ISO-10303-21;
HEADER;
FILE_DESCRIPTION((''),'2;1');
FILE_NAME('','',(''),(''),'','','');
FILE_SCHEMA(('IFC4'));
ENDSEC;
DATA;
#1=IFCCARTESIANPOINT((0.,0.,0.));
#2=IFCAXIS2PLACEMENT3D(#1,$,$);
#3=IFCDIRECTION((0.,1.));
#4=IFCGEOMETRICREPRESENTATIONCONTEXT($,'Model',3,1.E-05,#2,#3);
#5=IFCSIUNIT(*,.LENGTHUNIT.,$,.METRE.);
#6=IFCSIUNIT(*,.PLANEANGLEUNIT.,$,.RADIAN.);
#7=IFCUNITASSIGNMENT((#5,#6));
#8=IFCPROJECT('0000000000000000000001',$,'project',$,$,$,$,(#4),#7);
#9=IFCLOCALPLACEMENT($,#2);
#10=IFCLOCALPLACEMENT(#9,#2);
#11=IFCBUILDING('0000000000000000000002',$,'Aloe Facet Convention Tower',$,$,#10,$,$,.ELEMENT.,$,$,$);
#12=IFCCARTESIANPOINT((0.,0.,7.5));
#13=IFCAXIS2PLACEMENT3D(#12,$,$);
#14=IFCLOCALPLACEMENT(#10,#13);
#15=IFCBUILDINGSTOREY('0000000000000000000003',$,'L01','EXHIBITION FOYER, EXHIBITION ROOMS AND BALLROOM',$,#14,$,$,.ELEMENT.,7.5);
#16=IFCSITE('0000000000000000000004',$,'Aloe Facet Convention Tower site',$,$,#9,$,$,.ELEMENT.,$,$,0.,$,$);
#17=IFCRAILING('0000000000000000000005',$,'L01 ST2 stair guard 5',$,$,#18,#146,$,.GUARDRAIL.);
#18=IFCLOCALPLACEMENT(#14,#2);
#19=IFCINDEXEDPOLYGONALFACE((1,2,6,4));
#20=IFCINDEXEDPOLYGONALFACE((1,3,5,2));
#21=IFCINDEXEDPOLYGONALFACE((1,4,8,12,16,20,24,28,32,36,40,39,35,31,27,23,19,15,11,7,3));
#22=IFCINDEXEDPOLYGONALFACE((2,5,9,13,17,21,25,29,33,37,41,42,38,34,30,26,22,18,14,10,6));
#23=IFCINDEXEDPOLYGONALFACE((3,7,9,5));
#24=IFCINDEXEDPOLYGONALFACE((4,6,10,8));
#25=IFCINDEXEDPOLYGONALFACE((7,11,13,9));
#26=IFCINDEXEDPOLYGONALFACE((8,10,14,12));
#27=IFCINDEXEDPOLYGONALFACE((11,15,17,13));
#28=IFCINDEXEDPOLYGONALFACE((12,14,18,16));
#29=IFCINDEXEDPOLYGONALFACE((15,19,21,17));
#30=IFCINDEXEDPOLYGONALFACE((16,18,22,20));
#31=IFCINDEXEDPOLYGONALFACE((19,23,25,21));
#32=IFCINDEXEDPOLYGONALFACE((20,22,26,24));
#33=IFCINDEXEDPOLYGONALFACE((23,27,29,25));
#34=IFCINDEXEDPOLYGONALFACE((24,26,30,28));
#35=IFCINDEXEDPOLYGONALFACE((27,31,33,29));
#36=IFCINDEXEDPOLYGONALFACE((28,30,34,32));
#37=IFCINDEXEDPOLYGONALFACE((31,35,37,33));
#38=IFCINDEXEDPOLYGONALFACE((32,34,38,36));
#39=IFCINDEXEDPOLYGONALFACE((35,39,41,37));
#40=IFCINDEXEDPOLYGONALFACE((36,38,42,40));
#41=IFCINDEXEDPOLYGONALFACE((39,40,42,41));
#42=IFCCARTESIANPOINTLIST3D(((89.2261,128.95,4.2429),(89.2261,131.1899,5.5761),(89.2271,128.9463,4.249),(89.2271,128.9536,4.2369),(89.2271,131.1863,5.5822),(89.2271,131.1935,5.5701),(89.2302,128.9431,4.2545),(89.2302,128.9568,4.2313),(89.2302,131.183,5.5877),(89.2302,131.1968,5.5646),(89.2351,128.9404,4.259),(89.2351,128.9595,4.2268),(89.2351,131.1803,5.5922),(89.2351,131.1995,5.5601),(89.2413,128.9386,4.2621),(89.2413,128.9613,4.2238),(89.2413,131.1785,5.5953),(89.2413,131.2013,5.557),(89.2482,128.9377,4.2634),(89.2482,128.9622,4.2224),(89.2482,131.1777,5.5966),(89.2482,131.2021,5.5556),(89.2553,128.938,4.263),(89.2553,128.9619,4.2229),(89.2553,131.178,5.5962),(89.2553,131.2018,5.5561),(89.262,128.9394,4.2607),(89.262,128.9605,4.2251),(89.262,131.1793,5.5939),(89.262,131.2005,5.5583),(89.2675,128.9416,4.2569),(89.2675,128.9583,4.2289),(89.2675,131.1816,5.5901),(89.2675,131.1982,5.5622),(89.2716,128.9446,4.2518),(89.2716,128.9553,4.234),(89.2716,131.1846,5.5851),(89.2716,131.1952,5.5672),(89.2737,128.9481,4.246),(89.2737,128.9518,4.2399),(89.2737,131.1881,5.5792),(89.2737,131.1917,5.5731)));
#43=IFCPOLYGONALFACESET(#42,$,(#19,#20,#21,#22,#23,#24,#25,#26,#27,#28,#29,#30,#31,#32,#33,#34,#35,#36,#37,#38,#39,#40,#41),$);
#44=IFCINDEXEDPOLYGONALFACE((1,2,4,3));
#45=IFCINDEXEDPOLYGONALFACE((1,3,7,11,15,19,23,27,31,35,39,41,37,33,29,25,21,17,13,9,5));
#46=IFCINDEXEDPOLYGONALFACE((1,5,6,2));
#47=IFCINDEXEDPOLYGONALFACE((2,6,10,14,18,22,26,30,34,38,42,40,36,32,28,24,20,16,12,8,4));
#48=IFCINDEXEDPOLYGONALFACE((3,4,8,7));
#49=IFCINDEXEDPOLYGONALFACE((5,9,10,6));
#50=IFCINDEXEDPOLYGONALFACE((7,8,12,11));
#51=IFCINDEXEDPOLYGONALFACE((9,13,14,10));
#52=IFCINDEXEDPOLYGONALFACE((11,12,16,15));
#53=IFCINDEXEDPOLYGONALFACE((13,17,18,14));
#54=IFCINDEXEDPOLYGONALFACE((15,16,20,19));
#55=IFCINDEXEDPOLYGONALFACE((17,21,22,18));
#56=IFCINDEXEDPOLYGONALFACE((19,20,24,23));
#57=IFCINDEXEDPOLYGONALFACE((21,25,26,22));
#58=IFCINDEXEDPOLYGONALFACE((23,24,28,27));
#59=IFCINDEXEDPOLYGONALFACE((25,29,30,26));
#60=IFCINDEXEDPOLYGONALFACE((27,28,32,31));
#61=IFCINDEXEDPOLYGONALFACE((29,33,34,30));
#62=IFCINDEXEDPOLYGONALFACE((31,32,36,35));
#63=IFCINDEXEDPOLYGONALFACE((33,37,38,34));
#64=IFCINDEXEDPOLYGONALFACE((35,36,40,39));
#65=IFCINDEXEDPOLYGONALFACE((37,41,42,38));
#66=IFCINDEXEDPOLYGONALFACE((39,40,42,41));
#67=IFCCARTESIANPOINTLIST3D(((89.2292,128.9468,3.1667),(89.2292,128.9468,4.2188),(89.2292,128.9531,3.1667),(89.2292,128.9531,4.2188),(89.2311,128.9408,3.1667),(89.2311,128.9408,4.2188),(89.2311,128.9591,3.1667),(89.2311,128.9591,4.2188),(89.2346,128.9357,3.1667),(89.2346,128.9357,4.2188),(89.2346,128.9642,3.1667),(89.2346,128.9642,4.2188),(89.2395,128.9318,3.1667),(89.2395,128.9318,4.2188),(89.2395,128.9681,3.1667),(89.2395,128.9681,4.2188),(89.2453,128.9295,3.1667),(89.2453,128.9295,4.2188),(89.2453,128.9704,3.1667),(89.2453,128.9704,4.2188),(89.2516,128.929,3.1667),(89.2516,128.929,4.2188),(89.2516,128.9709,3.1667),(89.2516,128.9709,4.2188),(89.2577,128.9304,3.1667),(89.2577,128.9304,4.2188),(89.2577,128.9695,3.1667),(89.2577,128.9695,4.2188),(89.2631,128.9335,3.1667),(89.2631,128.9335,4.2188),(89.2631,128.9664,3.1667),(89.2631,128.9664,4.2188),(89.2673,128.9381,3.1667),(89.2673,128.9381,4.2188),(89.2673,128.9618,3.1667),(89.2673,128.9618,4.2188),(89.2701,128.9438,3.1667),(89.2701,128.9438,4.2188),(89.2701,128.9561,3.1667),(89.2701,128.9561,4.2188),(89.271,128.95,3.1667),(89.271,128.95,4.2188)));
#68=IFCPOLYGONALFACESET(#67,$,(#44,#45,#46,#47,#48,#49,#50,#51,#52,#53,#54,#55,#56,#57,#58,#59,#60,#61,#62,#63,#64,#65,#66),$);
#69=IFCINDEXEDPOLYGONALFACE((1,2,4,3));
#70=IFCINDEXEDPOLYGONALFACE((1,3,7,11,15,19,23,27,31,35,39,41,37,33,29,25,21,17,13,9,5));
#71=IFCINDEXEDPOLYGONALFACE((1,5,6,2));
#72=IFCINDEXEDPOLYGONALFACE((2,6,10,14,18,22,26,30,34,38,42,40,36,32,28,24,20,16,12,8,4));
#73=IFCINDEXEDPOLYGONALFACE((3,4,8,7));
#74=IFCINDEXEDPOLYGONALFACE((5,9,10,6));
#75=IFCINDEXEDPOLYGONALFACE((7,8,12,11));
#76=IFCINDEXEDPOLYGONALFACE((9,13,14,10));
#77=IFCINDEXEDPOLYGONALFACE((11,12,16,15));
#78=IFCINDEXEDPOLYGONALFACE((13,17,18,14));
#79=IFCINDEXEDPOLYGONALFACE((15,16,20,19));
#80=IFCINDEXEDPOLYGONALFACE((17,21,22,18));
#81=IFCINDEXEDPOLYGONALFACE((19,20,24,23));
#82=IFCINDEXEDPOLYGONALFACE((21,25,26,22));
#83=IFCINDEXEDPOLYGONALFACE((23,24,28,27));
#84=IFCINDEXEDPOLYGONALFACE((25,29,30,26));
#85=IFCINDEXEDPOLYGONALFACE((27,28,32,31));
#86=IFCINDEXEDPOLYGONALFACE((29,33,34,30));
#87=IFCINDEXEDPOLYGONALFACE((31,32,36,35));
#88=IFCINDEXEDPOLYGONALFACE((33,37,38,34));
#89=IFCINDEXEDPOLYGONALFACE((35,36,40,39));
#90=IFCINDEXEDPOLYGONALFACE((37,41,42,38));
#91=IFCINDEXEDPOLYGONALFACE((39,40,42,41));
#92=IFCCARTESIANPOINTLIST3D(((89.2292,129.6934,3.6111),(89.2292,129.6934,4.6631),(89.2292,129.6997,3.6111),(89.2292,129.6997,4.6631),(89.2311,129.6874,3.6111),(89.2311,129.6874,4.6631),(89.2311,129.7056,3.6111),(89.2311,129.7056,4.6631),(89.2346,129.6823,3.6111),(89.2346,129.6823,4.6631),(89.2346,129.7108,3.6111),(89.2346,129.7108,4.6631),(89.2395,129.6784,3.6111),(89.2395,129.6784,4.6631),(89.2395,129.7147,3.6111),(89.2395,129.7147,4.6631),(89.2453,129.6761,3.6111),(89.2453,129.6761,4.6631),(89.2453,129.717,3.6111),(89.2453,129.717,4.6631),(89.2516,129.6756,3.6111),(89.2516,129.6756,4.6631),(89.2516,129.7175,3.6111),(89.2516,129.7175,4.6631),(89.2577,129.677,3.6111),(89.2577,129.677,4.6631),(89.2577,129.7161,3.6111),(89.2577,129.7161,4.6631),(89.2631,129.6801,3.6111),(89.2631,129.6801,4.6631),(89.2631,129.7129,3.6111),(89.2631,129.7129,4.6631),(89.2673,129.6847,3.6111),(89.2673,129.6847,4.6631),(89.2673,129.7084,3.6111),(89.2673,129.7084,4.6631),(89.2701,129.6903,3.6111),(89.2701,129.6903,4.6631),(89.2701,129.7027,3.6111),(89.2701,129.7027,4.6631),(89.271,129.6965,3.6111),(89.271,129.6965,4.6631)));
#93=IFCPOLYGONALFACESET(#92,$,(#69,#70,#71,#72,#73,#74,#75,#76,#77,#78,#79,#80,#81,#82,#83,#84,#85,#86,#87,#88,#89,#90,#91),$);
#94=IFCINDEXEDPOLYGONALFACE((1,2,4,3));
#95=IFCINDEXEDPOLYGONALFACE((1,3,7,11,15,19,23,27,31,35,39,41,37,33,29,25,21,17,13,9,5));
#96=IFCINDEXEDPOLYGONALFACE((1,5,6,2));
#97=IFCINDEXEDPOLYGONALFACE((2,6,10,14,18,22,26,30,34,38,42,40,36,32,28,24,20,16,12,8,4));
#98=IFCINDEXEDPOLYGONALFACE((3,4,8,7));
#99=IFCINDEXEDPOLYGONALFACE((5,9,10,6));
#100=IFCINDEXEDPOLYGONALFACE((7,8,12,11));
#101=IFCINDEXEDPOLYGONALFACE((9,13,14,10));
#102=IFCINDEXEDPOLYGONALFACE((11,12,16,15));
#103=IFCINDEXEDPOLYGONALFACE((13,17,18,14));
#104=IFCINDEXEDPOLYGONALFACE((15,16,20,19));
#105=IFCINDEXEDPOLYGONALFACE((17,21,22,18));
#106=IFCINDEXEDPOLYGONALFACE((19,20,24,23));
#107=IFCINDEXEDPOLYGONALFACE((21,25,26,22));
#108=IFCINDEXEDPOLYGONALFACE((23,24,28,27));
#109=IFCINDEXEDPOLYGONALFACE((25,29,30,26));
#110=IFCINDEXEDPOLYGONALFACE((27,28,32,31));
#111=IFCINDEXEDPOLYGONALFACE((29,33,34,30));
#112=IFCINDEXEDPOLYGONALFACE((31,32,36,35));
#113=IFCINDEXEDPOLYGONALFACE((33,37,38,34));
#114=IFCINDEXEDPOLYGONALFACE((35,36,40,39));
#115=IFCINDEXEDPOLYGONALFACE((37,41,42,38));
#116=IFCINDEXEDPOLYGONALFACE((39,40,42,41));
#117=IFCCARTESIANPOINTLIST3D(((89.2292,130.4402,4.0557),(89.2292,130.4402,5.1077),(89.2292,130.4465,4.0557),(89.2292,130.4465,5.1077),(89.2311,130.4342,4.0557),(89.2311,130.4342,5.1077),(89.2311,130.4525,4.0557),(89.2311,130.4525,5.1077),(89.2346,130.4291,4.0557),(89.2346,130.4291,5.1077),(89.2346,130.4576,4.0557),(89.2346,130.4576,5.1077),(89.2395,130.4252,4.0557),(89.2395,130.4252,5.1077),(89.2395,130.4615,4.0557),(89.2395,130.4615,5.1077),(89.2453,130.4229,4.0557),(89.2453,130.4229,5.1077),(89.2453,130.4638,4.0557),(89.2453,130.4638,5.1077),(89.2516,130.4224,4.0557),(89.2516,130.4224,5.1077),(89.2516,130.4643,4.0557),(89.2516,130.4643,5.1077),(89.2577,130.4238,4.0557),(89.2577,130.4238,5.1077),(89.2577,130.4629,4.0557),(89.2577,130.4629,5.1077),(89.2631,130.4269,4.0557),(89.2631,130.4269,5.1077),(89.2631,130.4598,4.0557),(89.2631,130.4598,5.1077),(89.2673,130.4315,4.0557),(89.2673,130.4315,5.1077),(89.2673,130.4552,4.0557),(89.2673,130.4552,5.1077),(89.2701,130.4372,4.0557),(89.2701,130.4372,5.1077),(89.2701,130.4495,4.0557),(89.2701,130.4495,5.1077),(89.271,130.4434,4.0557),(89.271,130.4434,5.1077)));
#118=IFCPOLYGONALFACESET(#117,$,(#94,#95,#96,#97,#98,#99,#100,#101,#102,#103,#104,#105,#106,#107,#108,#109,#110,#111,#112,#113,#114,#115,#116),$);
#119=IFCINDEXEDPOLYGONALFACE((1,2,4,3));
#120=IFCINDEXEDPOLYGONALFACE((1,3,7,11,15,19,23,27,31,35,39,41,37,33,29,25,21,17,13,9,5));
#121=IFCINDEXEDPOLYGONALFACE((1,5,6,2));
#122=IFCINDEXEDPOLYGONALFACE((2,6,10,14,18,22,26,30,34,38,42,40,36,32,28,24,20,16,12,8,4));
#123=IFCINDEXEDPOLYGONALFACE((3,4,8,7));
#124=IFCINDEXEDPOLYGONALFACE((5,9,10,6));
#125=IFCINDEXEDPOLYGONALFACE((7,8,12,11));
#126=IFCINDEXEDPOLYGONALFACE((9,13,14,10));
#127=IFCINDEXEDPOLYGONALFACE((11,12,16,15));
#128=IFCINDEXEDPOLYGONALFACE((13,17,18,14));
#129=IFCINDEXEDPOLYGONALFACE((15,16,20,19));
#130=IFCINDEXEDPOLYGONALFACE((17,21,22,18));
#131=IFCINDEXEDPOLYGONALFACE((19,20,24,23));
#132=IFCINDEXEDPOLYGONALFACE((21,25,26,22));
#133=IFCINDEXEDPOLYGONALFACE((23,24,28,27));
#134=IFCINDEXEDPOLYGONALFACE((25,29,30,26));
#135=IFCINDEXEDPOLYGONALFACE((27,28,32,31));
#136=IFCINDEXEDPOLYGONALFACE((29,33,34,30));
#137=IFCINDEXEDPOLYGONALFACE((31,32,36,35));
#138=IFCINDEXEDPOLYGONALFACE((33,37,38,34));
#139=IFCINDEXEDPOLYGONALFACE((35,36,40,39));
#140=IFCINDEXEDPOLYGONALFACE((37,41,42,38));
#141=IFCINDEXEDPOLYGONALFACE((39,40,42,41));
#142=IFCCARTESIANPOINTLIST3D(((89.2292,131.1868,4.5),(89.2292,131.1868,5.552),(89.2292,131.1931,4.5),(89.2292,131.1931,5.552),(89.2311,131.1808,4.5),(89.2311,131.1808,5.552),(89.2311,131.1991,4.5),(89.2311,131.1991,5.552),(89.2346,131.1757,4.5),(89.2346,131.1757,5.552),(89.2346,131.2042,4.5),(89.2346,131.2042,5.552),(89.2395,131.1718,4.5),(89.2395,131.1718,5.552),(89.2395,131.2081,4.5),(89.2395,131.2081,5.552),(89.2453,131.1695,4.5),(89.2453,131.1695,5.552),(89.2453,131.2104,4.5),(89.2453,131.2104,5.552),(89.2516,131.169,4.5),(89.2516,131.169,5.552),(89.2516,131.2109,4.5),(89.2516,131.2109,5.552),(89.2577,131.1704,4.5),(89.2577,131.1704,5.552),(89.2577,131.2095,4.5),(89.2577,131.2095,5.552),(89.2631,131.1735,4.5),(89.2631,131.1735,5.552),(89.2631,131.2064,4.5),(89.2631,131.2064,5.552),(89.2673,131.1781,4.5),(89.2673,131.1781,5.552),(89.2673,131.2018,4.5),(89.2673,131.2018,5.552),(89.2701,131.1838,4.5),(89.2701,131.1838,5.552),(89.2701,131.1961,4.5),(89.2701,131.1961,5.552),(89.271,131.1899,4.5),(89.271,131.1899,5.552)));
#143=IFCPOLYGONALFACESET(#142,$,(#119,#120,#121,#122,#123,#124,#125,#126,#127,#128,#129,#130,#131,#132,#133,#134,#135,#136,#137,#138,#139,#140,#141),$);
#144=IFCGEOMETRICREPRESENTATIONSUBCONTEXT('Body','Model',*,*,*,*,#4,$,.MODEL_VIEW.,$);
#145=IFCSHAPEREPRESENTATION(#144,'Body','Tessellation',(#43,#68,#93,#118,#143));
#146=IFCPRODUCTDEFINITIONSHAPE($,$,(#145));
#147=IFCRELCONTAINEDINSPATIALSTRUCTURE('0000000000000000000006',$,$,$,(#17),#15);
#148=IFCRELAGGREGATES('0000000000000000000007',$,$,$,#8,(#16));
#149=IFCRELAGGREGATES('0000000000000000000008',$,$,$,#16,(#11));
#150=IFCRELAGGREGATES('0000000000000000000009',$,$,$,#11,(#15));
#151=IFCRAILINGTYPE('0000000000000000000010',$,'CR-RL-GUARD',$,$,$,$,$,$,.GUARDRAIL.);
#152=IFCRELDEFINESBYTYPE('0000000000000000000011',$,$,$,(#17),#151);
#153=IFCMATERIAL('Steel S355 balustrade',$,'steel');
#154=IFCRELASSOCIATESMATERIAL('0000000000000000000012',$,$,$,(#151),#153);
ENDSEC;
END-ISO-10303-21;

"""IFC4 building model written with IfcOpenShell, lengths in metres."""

from ifc_helpers import new_model, si_unit, direction, frame, origin, origin_2d, place, context, subcontext, project, spatial, circle, extrude, material, type_object, element, save


model = new_model("IFC4")

# Units and contexts
model_context = context("Model", 3, precision=1e-05, world=origin(), true_north=direction((0.0, 1.0)))
body_context = subcontext(model_context, "Body", "Model", "MODEL_VIEW")
ifc_project = project(units=[si_unit("LENGTHUNIT", "METRE"), si_unit("PLANEANGLEUNIT", "RADIAN")], contexts=[model_context])

# Site, building, storey
site_placement = place(None, origin())
site = spatial("IfcSite", under=ifc_project, at=site_placement, Name="Aloe Facet Convention Tower site", CompositionType="ELEMENT", RefElevation=0.0)
building_placement = place(site_placement, origin())
building = spatial("IfcBuilding", under=site, at=building_placement, Name="Aloe Facet Convention Tower", CompositionType="ELEMENT")
storey_placement = place(building_placement, frame((0.0, 0.0, 7.5)))
storey = spatial("IfcBuildingStorey", under=building, at=storey_placement, Name="L01", Description="EXHIBITION FOYER, EXHIBITION ROOMS AND BALLROOM", CompositionType="ELEMENT", Elevation=7.5)

# Railing
ifc_material_1 = material(Name="Steel S355 balustrade", Category="steel")
railing_type_1 = type_object("IfcRailingType", Name="CR-RL-GUARD", PredefinedType="GUARDRAIL", material=ifc_material_1)
railing_1_placement = place(storey_placement, frame((89.25, 128.95, 3.1667)))
element("IfcRailing", 1, at=railing_1_placement, inside=storey, type_object=railing_type_1, Name="L01 ST2 stair guard 5", PredefinedType="GUARDRAIL", context=body_context, shape_type="SweptSolid", body=[
    extrude(circle(Radius=0.0239, at=origin_2d()), frame((0.0, 0.0, 1.0762), z_axis=(0.0, 0.859306, 0.511462), x_axis=(-1.0, 0.0, 0.0)), (0.0, 0.0, 1.0), 2.6067),
    extrude(circle(Radius=0.021, at=origin_2d()), origin(), (0.0, 0.0, 1.0), 1.052),
    extrude(circle(Radius=0.021, at=origin_2d()), frame((0.0, 0.7466, 0.4443)), (0.0, 0.0, 1.0), 1.052),
    extrude(circle(Radius=0.021, at=origin_2d()), frame((0.0, 1.4934, 0.8889)), (0.0, 0.0, 1.0), 1.052),
    extrude(circle(Radius=0.021, at=origin_2d()), frame((0.0, 2.24, 1.3333)), (0.0, 0.0, 1.0), 1.052),
])

save(model, "model.ifc")
